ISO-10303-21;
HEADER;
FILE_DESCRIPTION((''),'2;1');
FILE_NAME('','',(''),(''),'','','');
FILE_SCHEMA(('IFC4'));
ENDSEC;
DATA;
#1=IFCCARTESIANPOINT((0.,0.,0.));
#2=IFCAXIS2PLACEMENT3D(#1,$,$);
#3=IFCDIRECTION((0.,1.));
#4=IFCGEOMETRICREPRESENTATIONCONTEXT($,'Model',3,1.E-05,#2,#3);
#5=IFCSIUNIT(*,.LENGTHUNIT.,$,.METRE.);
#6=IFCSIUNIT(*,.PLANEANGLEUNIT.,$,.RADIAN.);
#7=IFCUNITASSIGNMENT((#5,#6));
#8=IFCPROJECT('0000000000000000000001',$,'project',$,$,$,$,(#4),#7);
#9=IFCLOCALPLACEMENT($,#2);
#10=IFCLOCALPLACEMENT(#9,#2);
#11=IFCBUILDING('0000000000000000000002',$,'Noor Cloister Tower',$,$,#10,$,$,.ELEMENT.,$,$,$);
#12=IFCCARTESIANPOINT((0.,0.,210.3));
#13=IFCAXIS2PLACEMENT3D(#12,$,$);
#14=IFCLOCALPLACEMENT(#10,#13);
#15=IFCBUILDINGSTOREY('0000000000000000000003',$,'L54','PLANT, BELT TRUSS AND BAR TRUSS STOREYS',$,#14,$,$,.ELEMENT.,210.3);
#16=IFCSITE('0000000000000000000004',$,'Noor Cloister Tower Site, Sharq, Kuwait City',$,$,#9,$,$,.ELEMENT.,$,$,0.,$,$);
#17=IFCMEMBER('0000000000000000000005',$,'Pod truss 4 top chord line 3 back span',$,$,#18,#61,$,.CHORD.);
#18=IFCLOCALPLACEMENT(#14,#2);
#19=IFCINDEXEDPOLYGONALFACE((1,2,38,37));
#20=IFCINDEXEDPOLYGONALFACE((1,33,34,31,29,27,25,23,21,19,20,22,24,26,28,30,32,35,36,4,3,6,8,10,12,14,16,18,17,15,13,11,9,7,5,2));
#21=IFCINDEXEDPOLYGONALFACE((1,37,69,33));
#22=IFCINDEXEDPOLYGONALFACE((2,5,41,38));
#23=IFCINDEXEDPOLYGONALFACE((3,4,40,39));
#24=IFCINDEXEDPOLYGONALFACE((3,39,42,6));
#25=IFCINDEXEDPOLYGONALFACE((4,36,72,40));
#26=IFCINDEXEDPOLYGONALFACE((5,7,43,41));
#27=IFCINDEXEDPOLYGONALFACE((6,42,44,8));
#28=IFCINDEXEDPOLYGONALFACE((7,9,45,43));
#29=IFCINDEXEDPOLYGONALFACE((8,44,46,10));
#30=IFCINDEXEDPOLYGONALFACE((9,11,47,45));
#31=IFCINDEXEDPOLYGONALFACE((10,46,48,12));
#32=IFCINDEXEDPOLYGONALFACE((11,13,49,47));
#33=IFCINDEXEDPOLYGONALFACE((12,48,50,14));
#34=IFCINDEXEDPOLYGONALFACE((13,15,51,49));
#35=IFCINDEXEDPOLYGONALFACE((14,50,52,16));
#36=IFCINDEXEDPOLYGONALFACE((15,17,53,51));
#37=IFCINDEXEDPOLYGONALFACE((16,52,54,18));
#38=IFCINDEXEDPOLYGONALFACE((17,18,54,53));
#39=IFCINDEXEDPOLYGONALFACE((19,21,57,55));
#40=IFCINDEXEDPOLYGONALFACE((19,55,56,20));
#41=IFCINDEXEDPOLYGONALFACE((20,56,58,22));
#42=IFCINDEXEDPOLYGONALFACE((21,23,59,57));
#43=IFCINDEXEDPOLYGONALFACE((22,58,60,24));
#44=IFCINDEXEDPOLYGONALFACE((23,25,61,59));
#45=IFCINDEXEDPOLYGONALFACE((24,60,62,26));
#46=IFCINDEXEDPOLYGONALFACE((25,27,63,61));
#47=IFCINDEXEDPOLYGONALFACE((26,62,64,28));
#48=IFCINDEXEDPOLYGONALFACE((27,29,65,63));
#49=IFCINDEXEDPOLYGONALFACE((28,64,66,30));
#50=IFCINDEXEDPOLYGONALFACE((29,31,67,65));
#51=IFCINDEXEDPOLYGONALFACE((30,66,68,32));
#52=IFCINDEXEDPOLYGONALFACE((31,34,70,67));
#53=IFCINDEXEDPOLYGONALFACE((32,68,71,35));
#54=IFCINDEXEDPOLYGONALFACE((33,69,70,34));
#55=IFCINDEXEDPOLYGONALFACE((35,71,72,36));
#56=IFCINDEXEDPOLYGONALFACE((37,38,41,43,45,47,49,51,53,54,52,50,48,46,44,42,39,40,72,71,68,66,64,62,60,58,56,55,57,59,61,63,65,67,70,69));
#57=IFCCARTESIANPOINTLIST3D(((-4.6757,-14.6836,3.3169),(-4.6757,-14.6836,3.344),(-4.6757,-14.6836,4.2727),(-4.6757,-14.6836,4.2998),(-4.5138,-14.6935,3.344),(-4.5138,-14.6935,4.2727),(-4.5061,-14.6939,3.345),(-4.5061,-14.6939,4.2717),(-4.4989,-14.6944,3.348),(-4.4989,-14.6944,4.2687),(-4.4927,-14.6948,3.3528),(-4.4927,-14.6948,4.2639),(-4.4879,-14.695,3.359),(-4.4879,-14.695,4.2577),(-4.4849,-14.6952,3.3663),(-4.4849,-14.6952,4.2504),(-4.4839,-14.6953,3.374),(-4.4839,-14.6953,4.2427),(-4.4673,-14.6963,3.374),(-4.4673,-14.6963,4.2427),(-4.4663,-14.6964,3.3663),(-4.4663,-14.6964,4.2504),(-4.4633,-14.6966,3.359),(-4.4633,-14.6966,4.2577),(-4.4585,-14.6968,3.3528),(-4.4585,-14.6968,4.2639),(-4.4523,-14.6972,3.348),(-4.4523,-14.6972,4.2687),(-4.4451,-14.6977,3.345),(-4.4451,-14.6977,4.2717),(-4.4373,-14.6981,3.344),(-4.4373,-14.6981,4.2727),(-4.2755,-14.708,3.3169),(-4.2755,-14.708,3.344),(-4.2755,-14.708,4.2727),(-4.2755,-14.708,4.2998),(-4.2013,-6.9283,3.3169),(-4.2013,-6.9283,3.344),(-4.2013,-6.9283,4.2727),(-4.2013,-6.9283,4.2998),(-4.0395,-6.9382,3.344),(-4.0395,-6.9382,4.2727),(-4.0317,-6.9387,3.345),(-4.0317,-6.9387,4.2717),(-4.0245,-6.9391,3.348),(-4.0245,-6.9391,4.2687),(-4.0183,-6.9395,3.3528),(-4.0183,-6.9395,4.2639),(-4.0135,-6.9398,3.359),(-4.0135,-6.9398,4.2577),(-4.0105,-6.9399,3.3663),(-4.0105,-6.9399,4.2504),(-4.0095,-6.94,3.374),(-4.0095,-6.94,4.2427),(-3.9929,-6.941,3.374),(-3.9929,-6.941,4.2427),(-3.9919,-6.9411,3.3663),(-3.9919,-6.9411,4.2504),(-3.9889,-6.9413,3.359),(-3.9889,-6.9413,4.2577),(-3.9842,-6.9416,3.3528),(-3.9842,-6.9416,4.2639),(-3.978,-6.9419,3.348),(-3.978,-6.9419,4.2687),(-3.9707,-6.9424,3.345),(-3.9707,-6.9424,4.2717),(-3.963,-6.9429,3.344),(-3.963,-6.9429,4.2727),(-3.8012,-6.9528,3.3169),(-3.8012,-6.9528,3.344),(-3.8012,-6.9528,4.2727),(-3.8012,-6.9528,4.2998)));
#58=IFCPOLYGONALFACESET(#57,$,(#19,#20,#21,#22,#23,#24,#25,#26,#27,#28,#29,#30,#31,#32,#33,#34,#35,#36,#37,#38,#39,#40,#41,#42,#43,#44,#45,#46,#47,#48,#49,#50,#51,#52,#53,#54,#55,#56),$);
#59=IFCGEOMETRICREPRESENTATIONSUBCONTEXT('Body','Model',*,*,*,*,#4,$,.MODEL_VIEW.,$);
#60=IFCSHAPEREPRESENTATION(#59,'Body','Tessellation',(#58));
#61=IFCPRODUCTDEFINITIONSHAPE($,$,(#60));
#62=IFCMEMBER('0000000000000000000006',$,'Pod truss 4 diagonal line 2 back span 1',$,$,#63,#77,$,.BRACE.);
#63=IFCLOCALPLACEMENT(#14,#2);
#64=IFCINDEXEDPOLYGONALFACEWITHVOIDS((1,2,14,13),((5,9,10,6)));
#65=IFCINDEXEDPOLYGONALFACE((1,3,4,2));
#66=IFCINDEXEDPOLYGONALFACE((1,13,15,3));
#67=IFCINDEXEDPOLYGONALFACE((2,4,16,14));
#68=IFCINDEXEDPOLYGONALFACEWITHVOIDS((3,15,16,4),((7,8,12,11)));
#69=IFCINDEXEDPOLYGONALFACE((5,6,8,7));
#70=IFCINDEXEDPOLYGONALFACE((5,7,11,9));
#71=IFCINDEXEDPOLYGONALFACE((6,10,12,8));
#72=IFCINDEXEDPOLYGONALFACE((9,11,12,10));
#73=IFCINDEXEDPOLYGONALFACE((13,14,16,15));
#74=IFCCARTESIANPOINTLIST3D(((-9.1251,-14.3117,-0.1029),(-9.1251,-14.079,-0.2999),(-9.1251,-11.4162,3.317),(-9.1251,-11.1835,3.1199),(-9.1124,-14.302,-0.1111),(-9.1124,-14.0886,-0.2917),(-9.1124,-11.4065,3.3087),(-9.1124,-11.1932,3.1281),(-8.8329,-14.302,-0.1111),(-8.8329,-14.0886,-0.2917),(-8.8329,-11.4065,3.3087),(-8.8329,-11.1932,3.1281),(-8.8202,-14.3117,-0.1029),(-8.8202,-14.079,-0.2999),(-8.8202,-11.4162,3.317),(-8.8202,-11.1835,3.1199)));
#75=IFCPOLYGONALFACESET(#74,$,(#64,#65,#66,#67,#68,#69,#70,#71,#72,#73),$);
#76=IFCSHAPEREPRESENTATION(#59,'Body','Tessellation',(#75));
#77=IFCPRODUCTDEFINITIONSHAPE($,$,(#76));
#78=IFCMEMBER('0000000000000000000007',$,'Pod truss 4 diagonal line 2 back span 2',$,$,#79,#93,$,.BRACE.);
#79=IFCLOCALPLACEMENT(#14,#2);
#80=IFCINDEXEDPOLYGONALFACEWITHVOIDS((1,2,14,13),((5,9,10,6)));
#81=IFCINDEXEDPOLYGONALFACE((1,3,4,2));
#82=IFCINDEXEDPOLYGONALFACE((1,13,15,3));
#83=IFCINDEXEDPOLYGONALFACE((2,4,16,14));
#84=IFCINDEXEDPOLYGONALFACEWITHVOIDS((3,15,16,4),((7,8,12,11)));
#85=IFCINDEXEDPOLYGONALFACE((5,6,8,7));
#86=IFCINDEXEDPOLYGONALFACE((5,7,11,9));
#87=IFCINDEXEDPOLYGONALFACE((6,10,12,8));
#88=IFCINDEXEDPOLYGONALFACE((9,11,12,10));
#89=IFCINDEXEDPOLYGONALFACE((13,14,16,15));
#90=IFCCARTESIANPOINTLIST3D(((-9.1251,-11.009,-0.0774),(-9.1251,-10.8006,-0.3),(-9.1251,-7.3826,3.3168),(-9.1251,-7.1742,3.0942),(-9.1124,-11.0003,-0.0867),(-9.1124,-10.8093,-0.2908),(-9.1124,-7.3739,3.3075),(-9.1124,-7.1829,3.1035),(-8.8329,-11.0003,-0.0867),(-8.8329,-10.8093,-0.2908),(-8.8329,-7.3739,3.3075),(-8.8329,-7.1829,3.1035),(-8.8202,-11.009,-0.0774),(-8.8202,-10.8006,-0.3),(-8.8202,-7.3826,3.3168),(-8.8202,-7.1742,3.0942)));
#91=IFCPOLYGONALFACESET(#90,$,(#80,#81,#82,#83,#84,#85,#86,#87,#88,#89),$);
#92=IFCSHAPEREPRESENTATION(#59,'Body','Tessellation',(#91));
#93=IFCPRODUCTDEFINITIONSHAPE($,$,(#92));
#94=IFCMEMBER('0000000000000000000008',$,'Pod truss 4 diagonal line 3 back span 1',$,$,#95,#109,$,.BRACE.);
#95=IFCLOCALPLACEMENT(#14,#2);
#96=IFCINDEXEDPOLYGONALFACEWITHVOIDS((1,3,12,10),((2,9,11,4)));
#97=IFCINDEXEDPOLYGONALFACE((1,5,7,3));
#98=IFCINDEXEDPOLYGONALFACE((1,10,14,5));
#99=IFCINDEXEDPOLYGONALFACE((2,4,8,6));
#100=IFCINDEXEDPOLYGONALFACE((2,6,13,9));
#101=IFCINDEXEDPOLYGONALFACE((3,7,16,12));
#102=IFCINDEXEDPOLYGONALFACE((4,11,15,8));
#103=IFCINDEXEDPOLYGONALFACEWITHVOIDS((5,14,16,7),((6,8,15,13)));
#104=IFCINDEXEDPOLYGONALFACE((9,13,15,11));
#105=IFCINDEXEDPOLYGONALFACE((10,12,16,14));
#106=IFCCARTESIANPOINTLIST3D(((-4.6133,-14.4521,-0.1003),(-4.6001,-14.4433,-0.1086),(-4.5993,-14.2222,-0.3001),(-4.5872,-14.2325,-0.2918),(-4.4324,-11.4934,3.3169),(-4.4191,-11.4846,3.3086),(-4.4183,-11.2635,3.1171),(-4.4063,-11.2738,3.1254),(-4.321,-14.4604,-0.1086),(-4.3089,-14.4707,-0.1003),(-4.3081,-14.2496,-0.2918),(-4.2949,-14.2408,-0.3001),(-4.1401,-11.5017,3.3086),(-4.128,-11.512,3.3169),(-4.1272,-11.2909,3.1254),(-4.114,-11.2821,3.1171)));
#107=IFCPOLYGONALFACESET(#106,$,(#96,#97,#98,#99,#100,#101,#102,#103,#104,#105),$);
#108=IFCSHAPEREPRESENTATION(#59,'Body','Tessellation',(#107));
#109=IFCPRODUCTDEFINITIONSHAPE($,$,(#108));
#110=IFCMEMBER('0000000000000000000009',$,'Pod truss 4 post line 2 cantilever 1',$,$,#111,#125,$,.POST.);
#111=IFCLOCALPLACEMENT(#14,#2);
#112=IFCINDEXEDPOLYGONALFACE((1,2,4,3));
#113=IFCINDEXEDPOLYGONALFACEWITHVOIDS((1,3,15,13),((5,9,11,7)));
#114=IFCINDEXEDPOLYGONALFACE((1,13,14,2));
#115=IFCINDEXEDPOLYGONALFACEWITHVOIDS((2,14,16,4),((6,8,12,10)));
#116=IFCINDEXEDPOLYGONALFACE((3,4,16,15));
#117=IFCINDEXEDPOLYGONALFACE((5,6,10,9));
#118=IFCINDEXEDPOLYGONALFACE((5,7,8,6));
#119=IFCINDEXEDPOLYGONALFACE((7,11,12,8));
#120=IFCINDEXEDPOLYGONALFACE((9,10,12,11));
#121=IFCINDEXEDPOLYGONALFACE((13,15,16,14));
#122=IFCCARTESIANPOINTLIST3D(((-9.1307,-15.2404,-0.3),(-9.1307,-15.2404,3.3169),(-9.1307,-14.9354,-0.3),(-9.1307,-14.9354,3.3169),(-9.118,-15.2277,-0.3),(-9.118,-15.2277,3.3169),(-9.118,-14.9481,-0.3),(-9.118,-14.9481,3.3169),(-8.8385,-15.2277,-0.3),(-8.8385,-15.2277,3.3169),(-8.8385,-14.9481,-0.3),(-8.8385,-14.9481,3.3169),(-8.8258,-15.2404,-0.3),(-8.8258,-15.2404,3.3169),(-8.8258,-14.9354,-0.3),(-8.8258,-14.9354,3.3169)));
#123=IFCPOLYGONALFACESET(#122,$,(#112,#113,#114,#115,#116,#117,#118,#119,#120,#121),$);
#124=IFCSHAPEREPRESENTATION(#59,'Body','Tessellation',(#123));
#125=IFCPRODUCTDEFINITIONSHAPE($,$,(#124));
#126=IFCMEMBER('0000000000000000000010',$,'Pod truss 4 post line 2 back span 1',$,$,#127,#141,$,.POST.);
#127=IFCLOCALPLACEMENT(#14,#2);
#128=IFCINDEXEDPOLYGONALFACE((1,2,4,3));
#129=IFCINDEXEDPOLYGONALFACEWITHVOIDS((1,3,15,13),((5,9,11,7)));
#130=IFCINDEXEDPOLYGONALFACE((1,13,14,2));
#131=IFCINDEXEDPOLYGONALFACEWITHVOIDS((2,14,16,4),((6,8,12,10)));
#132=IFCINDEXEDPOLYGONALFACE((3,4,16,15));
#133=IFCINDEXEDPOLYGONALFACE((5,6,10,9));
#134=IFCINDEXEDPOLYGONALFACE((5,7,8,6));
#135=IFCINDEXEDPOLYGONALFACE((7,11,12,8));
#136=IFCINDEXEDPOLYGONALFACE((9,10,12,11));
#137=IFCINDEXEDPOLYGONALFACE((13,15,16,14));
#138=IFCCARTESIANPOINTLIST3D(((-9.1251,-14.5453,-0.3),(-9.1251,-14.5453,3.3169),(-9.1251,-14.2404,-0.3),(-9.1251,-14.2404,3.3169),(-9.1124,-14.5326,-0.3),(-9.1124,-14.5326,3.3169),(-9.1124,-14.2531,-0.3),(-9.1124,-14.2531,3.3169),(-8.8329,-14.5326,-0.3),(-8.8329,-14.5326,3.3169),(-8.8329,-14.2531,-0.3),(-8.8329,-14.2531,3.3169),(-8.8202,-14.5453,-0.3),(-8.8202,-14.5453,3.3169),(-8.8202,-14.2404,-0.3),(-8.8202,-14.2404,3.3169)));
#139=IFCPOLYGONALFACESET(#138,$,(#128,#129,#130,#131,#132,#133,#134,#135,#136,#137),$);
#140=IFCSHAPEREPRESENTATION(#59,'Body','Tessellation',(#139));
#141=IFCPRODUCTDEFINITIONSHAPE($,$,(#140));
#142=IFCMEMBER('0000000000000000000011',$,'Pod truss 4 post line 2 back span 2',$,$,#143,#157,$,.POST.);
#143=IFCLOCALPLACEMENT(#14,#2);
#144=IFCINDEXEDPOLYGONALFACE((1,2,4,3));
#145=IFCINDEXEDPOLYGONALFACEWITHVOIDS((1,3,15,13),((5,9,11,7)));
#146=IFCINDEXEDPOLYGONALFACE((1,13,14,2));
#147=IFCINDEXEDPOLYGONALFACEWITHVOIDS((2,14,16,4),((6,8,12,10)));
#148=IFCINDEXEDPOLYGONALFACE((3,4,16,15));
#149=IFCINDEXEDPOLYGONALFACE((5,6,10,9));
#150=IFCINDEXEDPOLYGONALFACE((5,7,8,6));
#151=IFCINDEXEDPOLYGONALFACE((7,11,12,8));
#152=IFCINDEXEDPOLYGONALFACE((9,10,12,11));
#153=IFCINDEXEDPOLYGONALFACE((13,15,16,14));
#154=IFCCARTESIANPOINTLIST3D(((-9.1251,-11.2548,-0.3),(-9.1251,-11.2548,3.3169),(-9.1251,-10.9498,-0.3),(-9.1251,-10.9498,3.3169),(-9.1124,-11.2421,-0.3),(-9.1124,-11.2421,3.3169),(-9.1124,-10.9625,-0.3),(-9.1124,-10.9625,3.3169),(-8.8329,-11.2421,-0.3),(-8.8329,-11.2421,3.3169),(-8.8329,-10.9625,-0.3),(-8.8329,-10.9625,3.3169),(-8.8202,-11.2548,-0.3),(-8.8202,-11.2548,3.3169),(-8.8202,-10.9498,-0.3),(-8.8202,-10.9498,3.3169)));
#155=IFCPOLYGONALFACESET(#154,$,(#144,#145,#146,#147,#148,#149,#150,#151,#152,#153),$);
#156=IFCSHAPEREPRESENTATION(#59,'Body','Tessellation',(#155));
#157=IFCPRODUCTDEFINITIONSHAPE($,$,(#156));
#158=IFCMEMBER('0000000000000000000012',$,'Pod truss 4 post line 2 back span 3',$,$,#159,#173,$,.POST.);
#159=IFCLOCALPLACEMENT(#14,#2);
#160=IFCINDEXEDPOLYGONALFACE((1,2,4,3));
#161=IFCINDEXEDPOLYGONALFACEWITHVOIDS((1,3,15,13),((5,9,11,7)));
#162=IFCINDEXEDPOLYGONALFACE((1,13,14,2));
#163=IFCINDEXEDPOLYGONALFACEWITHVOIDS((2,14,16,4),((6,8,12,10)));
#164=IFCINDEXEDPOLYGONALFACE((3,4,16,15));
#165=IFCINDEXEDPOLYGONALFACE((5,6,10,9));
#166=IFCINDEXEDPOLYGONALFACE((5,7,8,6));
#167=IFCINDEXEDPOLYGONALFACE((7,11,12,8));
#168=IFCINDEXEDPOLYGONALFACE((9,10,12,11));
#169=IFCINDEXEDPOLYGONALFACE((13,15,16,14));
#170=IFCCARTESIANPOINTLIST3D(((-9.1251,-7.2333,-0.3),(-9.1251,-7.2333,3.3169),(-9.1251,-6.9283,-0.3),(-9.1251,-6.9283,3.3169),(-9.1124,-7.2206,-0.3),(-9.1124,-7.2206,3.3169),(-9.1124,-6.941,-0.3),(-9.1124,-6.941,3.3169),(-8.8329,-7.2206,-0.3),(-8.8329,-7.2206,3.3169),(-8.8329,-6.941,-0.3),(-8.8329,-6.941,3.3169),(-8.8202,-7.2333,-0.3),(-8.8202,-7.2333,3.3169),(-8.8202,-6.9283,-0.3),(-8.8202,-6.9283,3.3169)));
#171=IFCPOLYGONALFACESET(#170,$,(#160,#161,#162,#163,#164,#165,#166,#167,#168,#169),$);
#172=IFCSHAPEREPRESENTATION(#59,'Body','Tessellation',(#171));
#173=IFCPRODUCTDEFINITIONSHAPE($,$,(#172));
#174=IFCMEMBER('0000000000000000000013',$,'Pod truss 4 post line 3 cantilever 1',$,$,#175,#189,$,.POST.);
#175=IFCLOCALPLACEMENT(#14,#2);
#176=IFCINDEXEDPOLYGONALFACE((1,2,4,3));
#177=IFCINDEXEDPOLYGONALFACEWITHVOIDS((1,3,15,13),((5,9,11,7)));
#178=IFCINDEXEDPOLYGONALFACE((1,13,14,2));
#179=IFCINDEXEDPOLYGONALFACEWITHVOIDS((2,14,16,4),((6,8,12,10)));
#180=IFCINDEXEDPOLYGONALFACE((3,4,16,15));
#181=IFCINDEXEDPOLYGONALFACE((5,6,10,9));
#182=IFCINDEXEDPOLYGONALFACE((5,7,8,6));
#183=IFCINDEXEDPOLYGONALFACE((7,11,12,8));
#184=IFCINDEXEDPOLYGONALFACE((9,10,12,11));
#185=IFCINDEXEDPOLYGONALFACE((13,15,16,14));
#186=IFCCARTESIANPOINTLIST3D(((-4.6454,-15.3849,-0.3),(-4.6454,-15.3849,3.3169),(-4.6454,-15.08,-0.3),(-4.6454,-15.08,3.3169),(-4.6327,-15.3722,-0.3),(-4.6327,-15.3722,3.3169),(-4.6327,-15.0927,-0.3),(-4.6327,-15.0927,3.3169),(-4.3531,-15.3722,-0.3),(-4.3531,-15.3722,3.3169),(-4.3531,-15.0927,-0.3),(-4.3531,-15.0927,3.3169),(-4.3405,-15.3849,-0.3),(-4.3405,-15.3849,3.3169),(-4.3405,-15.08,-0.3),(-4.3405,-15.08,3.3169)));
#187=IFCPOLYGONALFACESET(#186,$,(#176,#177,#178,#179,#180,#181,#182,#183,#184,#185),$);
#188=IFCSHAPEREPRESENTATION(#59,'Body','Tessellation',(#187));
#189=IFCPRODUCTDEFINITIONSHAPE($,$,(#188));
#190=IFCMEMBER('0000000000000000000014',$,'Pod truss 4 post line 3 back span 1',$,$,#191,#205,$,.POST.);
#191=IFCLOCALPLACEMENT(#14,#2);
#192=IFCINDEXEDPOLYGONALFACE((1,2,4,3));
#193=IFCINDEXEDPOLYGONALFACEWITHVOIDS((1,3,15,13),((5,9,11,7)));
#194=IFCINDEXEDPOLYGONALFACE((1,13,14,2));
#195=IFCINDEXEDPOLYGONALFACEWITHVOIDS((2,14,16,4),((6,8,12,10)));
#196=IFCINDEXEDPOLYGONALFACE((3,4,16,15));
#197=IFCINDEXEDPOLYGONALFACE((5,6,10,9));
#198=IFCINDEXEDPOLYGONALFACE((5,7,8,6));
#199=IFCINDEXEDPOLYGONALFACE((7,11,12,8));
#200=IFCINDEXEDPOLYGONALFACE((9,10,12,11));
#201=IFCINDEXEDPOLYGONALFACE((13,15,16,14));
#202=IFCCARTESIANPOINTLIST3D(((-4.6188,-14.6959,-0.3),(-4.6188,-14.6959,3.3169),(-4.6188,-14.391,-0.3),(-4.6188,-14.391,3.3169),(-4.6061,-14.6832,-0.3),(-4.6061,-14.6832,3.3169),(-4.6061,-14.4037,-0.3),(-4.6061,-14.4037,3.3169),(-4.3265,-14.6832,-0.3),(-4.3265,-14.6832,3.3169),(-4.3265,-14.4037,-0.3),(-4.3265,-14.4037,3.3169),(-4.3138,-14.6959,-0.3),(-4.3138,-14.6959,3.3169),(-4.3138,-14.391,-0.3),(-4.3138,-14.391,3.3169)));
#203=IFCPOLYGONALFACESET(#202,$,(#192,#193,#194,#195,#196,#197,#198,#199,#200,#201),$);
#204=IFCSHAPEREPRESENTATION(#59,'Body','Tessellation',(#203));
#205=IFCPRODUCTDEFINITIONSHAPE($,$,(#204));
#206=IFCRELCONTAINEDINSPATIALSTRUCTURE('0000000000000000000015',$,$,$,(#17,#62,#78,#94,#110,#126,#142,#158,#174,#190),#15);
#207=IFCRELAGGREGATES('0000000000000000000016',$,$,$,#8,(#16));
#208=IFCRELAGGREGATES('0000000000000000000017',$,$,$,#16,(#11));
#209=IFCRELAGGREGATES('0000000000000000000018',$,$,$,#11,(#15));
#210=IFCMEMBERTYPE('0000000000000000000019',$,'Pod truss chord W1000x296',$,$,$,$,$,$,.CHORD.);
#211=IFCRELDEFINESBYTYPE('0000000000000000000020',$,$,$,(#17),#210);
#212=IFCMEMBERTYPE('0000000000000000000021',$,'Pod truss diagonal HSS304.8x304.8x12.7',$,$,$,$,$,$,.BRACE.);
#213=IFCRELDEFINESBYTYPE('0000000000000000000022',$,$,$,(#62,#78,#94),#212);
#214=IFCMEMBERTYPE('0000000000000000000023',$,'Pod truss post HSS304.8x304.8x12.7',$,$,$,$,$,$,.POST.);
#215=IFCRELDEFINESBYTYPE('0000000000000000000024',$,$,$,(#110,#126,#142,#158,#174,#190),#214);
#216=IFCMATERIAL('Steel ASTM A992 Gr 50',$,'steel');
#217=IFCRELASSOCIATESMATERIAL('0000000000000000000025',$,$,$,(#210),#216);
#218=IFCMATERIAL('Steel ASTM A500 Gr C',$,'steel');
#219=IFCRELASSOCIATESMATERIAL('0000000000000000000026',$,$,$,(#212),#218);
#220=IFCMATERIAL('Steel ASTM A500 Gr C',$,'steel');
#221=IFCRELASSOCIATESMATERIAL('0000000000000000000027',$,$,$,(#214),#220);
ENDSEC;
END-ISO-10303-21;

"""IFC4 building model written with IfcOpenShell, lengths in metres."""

from ifc_helpers import new_model, si_unit, direction, frame, origin, origin_2d, place, context, subcontext, project, spatial, hollow_rectangle, i_section, extrude, material, material_profile, profile_set, type_object, element, save


model = new_model("IFC4")

# Units and contexts
model_context = context("Model", 3, precision=1e-05, world=origin(), true_north=direction((0.0, 1.0)))
body_context = subcontext(model_context, "Body", "Model", "MODEL_VIEW")
ifc_project = project(units=[si_unit("LENGTHUNIT", "METRE"), si_unit("PLANEANGLEUNIT", "RADIAN")], contexts=[model_context])

# Site, building, storey
site_placement = place(None, origin())
site = spatial("IfcSite", under=ifc_project, at=site_placement, Name="Noor Cloister Tower Site, Sharq, Kuwait City", CompositionType="ELEMENT", RefElevation=0.0)
building_placement = place(site_placement, origin())
building = spatial("IfcBuilding", under=site, at=building_placement, Name="Noor Cloister Tower", CompositionType="ELEMENT")
storey_placement = place(building_placement, frame((0.0, 0.0, 210.3)))
storey = spatial("IfcBuildingStorey", under=building, at=storey_placement, Name="L54", Description="PLANT, BELT TRUSS AND BAR TRUSS STOREYS", CompositionType="ELEMENT", Elevation=210.3)

# Members
ifc_material_1 = material(Name="Steel ASTM A992 Gr 50", Category="steel")
ifc_material_profile_1 = material_profile(ifc_material_1, i_section(OverallWidth=0.4009, OverallDepth=0.9829, WebThickness=0.0166, FlangeThickness=0.0271, FilletRadius=0.03, at=origin_2d()), Name="W1000x296")
ifc_profile_set_1 = profile_set([ifc_material_profile_1], Name="Steel ASTM A992 Gr 50")
member_type_1 = type_object("IfcMemberType", Name="Pod truss chord W1000x296", PredefinedType="CHORD", material=ifc_profile_set_1)
member_1_placement = place(storey_placement, frame((-4.4756, -14.6958, 3.8083), z_axis=(0.061052, 0.998135, 0.0), x_axis=(-0.998135, 0.061052, 0.0)))
element("IfcMember", 1, at=member_1_placement, inside=storey, type_object=member_type_1, Name="Pod truss 4 top chord line 3 back span", PredefinedType="CHORD", context=body_context, shape_type="SweptSolid", body=[
    extrude(i_section(OverallWidth=0.4009, OverallDepth=0.9829, WebThickness=0.0166, FlangeThickness=0.0271, FilletRadius=0.03, at=origin_2d()), origin(), (0.0, 0.0, 1.0), 7.7698),
])
ifc_material_2 = material(Name="Steel ASTM A500 Gr C", Category="steel")
ifc_material_profile_2 = material_profile(ifc_material_2, hollow_rectangle(XDim=0.3049, YDim=0.3049, WallThickness=0.0127, at=origin_2d()), Name="HSS304.8x304.8x12.7")
ifc_profile_set_2 = profile_set([ifc_material_profile_2], Name="Steel ASTM A500 Gr C")
member_type_2 = type_object("IfcMemberType", Name="Pod truss diagonal HSS304.8x304.8x12.7", PredefinedType="BRACE", material=ifc_profile_set_2)
member_2_placement = place(storey_placement, frame((-8.9727, -14.1953, -0.2014), z_axis=(0.0, 0.646167, 0.763196), x_axis=(-1.0, 0.0, 0.0)))
element("IfcMember", 2, at=member_2_placement, inside=storey, type_object=member_type_2, Name="Pod truss 4 diagonal line 2 back span 1", PredefinedType="BRACE", context=body_context, shape_type="SweptSolid", body=[
    extrude(hollow_rectangle(XDim=0.3049, YDim=0.3049, WallThickness=0.0127, at=origin_2d()), origin(), (0.0, 0.0, 1.0), 4.481),
])
member_3_placement = place(storey_placement, frame((-8.9727, -10.9048, -0.1887), z_axis=(0.0, 0.730092, 0.683349), x_axis=(-1.0, 0.0, 0.0)))
element("IfcMember", 3, at=member_3_placement, inside=storey, type_object=member_type_2, Name="Pod truss 4 diagonal line 2 back span 2", PredefinedType="BRACE", context=body_context, shape_type="SweptSolid", body=[
    extrude(hollow_rectangle(XDim=0.3049, YDim=0.3049, WallThickness=0.0127, at=origin_2d()), origin(), (0.0, 0.0, 1.0), 4.967),
])
member_4_placement = place(storey_placement, frame((-4.4541, -14.3464, -0.2002), z_axis=(0.039991, 0.654045, 0.755398), x_axis=(-0.998136, 0.06103, 0.0)))
element("IfcMember", 4, at=member_4_placement, inside=storey, type_object=member_type_2, Name="Pod truss 4 diagonal line 3 back span 1", PredefinedType="BRACE", context=body_context, shape_type="SweptSolid", body=[
    extrude(hollow_rectangle(XDim=0.3049, YDim=0.3049, WallThickness=0.0127, at=origin_2d()), origin(), (0.0, 0.0, 1.0), 4.5237),
])
ifc_material_3 = material(Name="Steel ASTM A500 Gr C", Category="steel")
ifc_material_profile_3 = material_profile(ifc_material_3, hollow_rectangle(XDim=0.3049, YDim=0.3049, WallThickness=0.0127, at=origin_2d()), Name="HSS304.8x304.8x12.7")
ifc_profile_set_3 = profile_set([ifc_material_profile_3], Name="Steel ASTM A500 Gr C")
member_type_3 = type_object("IfcMemberType", Name="Pod truss post HSS304.8x304.8x12.7", PredefinedType="POST", material=ifc_profile_set_3)
for number, where, z_axis, x_axis, name in (
    (5, (-8.9783, -15.0879, -0.3), (0.0, 0.0, 1.0), (1.0, 0.0, 0.0), "Pod truss 4 post line 2 cantilever 1"),
    (6, (-8.9727, -14.3928, -0.3), (0.0, 0.0, 1.0), (1.0, 0.0, 0.0), "Pod truss 4 post line 2 back span 1"),
    (7, (-8.9727, -11.1023, -0.3), (0.0, 0.0, 1.0), (1.0, 0.0, 0.0), "Pod truss 4 post line 2 back span 2"),
    (8, (-8.9727, -7.0808, -0.3), (0.0, 0.0, 1.0), (1.0, 0.0, 0.0), "Pod truss 4 post line 2 back span 3"),
    (9, (-4.4929, -15.2324, -0.3), (0.0, 0.0, 1.0), (1.0, 0.0, 0.0), "Pod truss 4 post line 3 cantilever 1"),
    (10, (-4.4663, -14.5435, -0.3), (0.0, 0.0, 1.0), (1.0, 0.0, 0.0), "Pod truss 4 post line 3 back span 1"),
):
    element("IfcMember", number, at=place(storey_placement, frame(where, z_axis=z_axis, x_axis=x_axis)), inside=storey, type_object=member_type_3, Name=name, PredefinedType="POST", context=body_context, shape_type="SweptSolid", body=[
        extrude(hollow_rectangle(XDim=0.3049, YDim=0.3049, WallThickness=0.0127, at=origin_2d()), origin(), (0.0, 0.0, 1.0), 3.6169),
    ])

save(model, "model.ifc")
